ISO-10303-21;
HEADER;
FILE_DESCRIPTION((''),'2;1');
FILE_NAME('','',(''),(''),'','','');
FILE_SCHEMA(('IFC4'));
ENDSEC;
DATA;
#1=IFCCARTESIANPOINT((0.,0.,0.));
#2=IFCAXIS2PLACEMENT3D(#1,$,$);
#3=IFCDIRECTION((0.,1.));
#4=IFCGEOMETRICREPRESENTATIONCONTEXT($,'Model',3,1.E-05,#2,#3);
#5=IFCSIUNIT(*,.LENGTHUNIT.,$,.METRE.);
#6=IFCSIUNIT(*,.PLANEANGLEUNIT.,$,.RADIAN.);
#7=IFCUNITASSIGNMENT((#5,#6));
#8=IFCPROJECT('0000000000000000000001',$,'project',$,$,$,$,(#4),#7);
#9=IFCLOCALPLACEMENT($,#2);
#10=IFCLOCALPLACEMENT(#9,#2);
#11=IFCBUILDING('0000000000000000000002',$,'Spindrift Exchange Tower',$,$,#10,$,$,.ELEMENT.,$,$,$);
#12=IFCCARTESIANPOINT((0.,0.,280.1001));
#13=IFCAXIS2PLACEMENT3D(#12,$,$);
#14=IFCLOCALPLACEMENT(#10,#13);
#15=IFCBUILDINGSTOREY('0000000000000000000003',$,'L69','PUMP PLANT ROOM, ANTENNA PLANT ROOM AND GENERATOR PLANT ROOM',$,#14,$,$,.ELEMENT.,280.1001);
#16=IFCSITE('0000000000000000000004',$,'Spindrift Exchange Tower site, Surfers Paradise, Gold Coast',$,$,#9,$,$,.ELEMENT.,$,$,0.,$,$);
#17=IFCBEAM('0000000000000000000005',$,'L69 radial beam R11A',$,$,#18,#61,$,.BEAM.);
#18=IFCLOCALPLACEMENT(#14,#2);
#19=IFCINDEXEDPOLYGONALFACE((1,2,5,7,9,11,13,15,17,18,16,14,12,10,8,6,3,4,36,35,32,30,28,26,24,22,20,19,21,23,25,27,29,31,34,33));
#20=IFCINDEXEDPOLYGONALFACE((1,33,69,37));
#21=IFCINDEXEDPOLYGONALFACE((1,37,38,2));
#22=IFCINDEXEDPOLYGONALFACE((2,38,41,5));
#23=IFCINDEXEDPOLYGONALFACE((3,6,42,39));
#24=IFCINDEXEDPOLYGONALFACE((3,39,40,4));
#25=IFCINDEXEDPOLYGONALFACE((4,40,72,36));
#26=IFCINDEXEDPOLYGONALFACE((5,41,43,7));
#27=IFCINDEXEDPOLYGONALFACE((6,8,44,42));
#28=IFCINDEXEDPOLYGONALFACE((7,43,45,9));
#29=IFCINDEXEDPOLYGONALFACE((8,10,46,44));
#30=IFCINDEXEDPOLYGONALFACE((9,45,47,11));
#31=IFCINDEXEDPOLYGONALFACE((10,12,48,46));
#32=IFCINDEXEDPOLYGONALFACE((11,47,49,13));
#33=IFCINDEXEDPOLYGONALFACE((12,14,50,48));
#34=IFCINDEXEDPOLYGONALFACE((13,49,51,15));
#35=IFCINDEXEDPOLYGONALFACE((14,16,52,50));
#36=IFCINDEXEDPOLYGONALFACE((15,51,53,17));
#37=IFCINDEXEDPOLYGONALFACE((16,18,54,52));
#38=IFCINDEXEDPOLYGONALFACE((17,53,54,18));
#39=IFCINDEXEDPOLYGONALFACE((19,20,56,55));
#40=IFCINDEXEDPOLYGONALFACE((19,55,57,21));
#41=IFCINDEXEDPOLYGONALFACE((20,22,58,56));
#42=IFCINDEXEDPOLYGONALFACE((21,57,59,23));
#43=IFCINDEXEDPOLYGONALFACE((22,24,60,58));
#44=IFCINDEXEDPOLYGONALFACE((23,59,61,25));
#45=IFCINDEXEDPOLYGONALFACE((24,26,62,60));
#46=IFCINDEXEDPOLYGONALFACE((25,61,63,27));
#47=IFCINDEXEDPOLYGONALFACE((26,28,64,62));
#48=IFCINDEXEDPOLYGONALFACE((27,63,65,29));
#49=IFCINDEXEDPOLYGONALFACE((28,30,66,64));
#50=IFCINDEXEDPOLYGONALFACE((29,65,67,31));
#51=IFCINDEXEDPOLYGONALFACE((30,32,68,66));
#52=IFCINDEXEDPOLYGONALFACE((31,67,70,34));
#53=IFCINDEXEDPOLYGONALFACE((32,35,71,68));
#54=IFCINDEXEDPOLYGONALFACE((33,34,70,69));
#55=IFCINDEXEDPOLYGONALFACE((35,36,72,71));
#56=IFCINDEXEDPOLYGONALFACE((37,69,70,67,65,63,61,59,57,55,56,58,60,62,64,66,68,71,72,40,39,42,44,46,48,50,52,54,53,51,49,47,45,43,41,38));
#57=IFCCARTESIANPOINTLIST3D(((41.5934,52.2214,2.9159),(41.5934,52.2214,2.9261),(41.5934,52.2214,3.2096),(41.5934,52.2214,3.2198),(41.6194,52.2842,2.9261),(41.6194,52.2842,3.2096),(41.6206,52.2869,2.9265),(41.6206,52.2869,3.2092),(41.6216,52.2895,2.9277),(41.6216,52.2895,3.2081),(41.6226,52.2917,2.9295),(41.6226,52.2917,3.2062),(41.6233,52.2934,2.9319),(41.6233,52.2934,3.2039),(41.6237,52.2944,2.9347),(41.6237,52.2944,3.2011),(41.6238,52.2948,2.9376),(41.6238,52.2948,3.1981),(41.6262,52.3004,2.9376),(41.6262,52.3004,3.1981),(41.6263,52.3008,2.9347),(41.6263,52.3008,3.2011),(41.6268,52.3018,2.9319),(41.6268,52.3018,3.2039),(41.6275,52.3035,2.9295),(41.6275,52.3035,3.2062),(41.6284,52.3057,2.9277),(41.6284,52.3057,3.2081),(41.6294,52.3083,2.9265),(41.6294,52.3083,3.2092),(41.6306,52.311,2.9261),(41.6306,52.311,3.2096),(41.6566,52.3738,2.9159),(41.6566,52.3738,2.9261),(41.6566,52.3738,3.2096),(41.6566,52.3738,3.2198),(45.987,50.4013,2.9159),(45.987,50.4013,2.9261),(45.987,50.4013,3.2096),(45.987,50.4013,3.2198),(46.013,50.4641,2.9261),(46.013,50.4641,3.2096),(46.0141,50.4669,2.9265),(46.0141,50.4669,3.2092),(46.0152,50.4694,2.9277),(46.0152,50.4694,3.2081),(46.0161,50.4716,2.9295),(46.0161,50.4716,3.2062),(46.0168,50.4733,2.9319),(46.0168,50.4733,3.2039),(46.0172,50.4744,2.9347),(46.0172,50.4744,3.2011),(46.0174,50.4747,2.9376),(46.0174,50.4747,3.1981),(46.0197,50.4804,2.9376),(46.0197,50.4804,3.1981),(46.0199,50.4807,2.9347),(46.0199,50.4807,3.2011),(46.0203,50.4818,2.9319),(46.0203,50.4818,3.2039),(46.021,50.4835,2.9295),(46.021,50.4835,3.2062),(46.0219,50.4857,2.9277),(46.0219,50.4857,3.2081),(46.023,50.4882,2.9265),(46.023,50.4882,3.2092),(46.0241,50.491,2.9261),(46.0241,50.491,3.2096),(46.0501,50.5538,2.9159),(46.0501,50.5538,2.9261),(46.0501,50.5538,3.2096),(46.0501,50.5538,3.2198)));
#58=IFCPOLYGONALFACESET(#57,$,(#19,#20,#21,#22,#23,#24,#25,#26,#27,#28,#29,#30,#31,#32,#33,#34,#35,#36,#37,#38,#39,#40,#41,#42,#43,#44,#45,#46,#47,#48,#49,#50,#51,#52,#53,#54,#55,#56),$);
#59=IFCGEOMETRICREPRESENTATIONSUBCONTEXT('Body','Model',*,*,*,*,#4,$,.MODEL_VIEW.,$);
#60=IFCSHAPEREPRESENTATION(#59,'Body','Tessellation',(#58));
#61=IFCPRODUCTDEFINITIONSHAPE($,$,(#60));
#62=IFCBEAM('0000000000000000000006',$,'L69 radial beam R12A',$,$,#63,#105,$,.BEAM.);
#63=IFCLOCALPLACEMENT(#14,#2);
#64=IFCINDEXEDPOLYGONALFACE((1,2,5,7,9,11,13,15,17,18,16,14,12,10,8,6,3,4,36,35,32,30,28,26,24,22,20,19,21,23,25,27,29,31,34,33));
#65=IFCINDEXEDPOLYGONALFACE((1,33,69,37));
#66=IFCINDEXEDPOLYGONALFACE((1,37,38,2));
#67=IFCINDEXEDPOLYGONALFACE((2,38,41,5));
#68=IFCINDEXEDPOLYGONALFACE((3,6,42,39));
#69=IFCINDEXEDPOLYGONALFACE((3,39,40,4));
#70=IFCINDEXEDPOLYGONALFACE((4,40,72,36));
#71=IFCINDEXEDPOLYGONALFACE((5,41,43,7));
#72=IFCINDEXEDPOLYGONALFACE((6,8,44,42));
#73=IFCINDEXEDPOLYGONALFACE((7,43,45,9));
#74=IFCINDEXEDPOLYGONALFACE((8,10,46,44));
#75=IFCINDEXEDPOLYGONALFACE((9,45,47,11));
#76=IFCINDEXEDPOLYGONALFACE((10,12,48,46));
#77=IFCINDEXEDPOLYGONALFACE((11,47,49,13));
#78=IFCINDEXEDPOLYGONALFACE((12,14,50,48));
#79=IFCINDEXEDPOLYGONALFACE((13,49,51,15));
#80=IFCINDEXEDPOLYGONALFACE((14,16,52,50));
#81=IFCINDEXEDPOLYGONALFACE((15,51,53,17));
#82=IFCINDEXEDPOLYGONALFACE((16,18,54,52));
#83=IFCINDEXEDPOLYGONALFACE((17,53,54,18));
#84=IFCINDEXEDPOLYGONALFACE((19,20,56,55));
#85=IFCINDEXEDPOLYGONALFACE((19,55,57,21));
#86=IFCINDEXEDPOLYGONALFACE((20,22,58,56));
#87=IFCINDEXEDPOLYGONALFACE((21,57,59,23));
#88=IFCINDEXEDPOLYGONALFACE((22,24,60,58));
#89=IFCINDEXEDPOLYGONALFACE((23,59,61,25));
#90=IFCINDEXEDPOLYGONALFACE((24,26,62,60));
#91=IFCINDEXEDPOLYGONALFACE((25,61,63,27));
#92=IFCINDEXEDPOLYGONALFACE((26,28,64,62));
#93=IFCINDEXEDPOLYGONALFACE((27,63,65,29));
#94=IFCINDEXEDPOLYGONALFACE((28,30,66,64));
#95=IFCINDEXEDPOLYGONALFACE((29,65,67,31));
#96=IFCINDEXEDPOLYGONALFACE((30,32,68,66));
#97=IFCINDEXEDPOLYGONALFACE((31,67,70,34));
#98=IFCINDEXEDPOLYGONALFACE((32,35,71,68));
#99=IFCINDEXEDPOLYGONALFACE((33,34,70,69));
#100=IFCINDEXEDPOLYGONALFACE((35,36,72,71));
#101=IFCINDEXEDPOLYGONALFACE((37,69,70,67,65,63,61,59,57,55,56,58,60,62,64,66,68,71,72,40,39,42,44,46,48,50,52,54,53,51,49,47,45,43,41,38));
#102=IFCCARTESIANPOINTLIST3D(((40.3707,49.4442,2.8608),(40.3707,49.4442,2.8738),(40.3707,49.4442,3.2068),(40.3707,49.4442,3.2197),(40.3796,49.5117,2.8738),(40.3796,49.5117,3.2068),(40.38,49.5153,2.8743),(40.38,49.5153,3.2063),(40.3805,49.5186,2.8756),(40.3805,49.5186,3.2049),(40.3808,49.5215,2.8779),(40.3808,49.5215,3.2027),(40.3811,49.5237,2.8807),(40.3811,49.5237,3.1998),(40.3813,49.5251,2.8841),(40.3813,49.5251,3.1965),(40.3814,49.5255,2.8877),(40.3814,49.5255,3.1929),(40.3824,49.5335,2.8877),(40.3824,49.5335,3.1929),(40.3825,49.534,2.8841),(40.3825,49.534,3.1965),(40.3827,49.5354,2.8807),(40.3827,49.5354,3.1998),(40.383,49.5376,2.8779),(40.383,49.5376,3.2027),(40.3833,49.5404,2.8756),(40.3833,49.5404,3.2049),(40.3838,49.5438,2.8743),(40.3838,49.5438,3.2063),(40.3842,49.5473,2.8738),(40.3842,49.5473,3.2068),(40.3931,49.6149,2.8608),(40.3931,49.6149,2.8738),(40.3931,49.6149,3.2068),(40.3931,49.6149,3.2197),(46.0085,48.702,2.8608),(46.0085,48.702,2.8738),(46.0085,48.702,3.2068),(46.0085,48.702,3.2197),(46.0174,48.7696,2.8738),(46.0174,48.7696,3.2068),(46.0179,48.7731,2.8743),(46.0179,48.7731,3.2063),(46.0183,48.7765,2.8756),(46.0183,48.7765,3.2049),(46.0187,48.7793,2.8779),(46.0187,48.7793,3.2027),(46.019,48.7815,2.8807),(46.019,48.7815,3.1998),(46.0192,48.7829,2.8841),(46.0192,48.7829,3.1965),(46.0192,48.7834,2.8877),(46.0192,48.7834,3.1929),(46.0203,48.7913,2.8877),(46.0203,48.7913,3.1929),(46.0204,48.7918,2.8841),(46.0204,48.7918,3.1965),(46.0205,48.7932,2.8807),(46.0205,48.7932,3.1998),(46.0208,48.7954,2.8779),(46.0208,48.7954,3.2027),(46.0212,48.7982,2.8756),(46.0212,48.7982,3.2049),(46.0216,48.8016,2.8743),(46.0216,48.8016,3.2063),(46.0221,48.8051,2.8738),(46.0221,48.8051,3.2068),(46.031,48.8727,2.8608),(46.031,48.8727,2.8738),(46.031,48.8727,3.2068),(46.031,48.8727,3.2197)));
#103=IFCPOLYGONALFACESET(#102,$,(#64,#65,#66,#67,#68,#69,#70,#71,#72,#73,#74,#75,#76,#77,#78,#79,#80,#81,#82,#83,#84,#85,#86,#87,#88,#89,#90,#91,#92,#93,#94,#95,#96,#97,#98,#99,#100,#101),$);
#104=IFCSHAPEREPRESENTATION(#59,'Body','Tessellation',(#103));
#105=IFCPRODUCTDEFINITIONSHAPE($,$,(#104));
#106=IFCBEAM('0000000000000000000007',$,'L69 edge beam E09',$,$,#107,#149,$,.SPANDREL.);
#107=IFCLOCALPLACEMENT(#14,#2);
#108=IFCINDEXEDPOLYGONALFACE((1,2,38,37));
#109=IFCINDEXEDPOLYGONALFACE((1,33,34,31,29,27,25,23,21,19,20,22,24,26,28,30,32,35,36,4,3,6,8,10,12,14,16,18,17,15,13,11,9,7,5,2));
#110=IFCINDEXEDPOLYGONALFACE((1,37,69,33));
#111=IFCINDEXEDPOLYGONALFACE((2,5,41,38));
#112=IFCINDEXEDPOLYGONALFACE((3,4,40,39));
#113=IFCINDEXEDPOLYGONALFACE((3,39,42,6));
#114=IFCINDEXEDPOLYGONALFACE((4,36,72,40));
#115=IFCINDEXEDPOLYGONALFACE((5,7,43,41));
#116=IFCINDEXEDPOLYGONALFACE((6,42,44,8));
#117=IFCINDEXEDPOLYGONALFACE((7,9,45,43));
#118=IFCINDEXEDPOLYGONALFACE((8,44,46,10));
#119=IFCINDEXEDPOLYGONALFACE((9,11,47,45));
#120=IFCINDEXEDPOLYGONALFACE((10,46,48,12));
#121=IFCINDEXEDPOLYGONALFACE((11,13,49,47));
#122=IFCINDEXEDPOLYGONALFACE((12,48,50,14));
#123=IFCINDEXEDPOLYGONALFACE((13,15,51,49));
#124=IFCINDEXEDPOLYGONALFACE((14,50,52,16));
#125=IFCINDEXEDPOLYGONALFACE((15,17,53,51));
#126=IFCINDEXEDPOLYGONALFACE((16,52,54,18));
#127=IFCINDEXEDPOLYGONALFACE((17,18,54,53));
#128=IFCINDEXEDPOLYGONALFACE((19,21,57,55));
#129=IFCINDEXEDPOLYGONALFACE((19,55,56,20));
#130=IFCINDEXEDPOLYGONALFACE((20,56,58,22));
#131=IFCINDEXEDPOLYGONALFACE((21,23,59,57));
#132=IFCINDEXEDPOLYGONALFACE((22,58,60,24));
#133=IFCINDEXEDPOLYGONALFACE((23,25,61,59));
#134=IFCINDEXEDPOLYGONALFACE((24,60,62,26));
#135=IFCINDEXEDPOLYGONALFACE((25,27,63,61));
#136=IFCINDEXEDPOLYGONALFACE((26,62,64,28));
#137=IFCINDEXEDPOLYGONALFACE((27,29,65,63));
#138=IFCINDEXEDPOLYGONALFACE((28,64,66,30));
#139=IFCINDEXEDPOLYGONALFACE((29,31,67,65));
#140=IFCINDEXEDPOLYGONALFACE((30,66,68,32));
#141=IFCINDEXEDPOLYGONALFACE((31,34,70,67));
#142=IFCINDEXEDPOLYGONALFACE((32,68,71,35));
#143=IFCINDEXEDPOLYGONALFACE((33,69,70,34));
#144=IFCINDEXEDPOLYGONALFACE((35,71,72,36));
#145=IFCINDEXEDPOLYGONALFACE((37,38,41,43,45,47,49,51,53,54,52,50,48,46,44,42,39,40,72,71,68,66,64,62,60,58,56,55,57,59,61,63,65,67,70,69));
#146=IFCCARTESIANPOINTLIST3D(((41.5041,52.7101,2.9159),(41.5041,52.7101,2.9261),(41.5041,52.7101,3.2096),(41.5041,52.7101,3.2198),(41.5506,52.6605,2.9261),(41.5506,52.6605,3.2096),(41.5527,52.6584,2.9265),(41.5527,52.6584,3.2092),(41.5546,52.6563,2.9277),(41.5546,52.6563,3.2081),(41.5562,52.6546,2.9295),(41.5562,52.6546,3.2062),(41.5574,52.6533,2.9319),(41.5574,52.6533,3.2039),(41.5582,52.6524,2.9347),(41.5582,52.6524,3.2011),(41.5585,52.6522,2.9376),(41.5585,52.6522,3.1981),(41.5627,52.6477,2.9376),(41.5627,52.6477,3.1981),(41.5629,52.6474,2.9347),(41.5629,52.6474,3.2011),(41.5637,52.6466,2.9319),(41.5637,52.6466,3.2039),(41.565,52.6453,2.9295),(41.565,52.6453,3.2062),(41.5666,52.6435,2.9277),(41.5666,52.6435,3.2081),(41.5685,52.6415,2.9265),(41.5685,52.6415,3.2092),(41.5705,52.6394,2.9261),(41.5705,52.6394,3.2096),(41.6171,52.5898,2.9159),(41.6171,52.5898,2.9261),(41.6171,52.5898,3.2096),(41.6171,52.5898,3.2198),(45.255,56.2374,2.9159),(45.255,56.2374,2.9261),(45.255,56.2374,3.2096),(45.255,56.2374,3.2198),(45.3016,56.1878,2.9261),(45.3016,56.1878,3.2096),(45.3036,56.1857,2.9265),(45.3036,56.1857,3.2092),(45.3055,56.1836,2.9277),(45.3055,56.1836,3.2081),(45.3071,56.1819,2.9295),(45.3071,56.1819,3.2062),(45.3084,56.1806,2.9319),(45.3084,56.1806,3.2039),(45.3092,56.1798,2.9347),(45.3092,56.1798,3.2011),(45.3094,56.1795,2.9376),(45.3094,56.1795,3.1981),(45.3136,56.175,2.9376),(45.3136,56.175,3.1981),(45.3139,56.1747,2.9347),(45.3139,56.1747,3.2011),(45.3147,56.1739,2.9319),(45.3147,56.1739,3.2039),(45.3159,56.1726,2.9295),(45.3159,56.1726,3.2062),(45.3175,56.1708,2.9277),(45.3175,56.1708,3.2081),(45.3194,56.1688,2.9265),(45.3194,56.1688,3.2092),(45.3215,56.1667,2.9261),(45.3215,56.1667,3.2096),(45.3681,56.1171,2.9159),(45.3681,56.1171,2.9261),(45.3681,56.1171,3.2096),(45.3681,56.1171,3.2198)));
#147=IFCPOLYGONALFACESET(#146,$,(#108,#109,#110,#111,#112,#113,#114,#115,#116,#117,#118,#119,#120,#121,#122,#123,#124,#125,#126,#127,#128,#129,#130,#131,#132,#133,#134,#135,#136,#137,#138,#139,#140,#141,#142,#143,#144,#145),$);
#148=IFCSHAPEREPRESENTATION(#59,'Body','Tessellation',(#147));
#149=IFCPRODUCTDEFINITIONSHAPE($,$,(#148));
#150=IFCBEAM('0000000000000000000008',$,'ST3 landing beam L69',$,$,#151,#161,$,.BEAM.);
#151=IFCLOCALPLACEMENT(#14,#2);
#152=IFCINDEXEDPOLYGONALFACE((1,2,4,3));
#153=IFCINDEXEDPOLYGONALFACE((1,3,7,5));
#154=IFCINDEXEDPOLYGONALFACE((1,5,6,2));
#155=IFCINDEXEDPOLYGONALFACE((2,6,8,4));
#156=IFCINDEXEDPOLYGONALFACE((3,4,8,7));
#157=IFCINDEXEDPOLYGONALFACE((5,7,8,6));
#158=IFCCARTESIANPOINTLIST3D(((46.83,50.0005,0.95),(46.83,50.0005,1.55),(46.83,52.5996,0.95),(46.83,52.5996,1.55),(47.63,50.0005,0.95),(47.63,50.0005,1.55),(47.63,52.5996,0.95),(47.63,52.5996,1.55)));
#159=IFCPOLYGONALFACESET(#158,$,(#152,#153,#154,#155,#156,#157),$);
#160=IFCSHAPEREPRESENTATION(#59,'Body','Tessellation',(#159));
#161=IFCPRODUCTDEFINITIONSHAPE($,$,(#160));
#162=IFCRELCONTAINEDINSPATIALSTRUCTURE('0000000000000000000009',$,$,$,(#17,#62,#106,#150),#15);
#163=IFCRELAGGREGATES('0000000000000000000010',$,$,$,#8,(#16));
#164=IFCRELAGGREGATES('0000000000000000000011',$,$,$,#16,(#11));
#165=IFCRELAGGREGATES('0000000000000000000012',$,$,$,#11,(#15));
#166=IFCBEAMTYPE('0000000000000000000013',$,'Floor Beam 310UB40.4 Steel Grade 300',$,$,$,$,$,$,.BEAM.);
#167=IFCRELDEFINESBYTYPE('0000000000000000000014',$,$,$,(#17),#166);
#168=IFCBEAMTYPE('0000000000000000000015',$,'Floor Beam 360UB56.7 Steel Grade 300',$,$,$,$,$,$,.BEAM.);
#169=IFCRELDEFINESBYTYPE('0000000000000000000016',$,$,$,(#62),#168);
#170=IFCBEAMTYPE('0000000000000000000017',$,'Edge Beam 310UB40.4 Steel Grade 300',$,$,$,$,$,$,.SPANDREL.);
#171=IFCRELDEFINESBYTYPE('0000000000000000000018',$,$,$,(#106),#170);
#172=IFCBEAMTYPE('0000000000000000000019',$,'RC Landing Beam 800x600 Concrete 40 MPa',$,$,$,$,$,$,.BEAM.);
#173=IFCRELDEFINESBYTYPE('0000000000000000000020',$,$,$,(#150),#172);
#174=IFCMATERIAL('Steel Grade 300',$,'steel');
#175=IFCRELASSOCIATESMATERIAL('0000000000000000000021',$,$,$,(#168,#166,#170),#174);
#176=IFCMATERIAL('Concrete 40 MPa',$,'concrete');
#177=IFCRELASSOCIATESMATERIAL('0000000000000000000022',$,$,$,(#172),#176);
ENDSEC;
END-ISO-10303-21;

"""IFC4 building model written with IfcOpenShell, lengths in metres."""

from ifc_helpers import new_model, si_unit, direction, frame, origin, origin_2d, place, context, subcontext, project, spatial, rectangle, i_section, extrude, source, transform, mapped, material, material_profile, profile_set, type_object, element, save


model = new_model("IFC4")

# Units and contexts
model_context = context("Model", 3, precision=1e-05, world=origin(), true_north=direction((0.0, 1.0)))
body_context = subcontext(model_context, "Body", "Model", "MODEL_VIEW")
ifc_project = project(units=[si_unit("LENGTHUNIT", "METRE"), si_unit("PLANEANGLEUNIT", "RADIAN")], contexts=[model_context])

# Site, building, storey
site_placement = place(None, origin())
site = spatial("IfcSite", under=ifc_project, at=site_placement, Name="Spindrift Exchange Tower site, Surfers Paradise, Gold Coast", CompositionType="ELEMENT", RefElevation=0.0)
building_placement = place(site_placement, origin())
building = spatial("IfcBuilding", under=site, at=building_placement, Name="Spindrift Exchange Tower", CompositionType="ELEMENT")
storey_placement = place(building_placement, frame((0.0, 0.0, 280.1001)))
storey = spatial("IfcBuildingStorey", under=building, at=storey_placement, Name="L69", Description="PUMP PLANT ROOM, ANTENNA PLANT ROOM AND GENERATOR PLANT ROOM", CompositionType="ELEMENT", Elevation=280.1001)

# Beams
ifc_material_1 = material(Name="Steel Grade 300", Category="steel")
ifc_material_profile_1 = material_profile(ifc_material_1, i_section(OverallWidth=0.1721, OverallDepth=0.3589, WebThickness=0.0081, FlangeThickness=0.0129, FilletRadius=0.0139, at=origin_2d()), Name="360UB56.7")
ifc_profile_set_1 = profile_set([ifc_material_profile_1], Name="Steel Grade 300")
beam_type_1 = type_object("IfcBeamType", Name="Floor Beam 360UB56.7 Steel Grade 300", PredefinedType="BEAM", material=ifc_profile_set_1)
ifc_material_profile_2 = material_profile(ifc_material_1, i_section(OverallWidth=0.165, OverallDepth=0.304, WebThickness=0.0061, FlangeThickness=0.0103, FilletRadius=0.0115, at=origin_2d()), Name="310UB40.4")
ifc_profile_set_2 = profile_set([ifc_material_profile_2], Name="Steel Grade 300")
beam_type_2 = type_object("IfcBeamType", Name="Floor Beam 310UB40.4 Steel Grade 300", PredefinedType="BEAM", material=ifc_profile_set_2)
shared_shape_1 = source(origin(), body_context, "Body", "SweptSolid", [
    extrude(i_section(OverallWidth=0.165, OverallDepth=0.304, WebThickness=0.0061, FlangeThickness=0.0103, FilletRadius=0.0115, at=origin_2d()), origin(), (0.0, 0.0, 1.0), 4.7556),
])
beam_1_placement = place(storey_placement, frame((46.0186, 50.4775, 3.0679), z_axis=(-0.923865, 0.382719, 0.0), x_axis=(-0.382719, -0.923865, 0.0)))
element("IfcBeam", 1, at=beam_1_placement, inside=storey, type_object=beam_type_2, Name="L69 radial beam R11A", PredefinedType="BEAM", context=body_context, shape_type="MappedRepresentation", body=[
    mapped(shared_shape_1, transform((0.0, 0.0, 0.0), scale=1.0)),
])
shared_shape_2 = source(origin(), body_context, "Body", "SweptSolid", [
    extrude(i_section(OverallWidth=0.1721, OverallDepth=0.3589, WebThickness=0.0081, FlangeThickness=0.0129, FilletRadius=0.0139, at=origin_2d()), origin(), (0.0, 0.0, 1.0), 5.6865),
])
beam_2_placement = place(storey_placement, frame((46.0198, 48.7874, 3.0403), z_axis=(-0.991446, 0.130516, 0.0), x_axis=(-0.130516, -0.991446, 0.0)))
element("IfcBeam", 2, at=beam_2_placement, inside=storey, type_object=beam_type_1, Name="L69 radial beam R12A", PredefinedType="BEAM", context=body_context, shape_type="MappedRepresentation", body=[
    mapped(shared_shape_2, transform((0.0, 0.0, 0.0), scale=1.0)),
])
ifc_material_profile_3 = material_profile(ifc_material_1, i_section(OverallWidth=0.165, OverallDepth=0.304, WebThickness=0.0061, FlangeThickness=0.0103, FilletRadius=0.0115, at=origin_2d()), Name="310UB40.4")
ifc_profile_set_3 = profile_set([ifc_material_profile_3], Name="Steel Grade 300")
beam_type_3 = type_object("IfcBeamType", Name="Edge Beam 310UB40.4 Steel Grade 300", PredefinedType="SPANDREL", material=ifc_profile_set_3)
shared_shape_3 = source(origin(), body_context, "Body", "SweptSolid", [
    extrude(i_section(OverallWidth=0.165, OverallDepth=0.304, WebThickness=0.0061, FlangeThickness=0.0103, FilletRadius=0.0115, at=origin_2d()), origin(), (0.0, 0.0, 1.0), 5.1489),
])
beam_3_placement = place(storey_placement, frame((45.3115, 56.1772, 3.0679), z_axis=(-0.728489, -0.685057, 0.0), x_axis=(0.685057, -0.728489, 0.0)))
element("IfcBeam", 3, at=beam_3_placement, inside=storey, type_object=beam_type_3, Name="L69 edge beam E09", PredefinedType="SPANDREL", context=body_context, shape_type="MappedRepresentation", body=[
    mapped(shared_shape_3, transform((0.0, 0.0, 0.0), scale=1.0)),
])
ifc_material_2 = material(Name="Concrete 40 MPa", Category="concrete")
ifc_material_profile_4 = material_profile(ifc_material_2, rectangle(XDim=0.8, YDim=0.6001, at=origin_2d()), Name="RC 800x600")
ifc_profile_set_4 = profile_set([ifc_material_profile_4], Name="Concrete 40 MPa")
beam_type_4 = type_object("IfcBeamType", Name="RC Landing Beam 800x600 Concrete 40 MPa", PredefinedType="BEAM", material=ifc_profile_set_4)
shared_shape_4 = source(origin(), body_context, "Body", "SweptSolid", [
    extrude(rectangle(XDim=0.8, YDim=0.6001, at=origin_2d()), origin(), (0.0, 0.0, 1.0), 2.5991),
])
beam_4_placement = place(storey_placement, frame((47.23, 50.0005, 1.25), z_axis=(0.0, 1.0, 0.0), x_axis=(-1.0, 0.0, 0.0)))
element("IfcBeam", 4, at=beam_4_placement, inside=storey, type_object=beam_type_4, Name="ST3 landing beam L69", PredefinedType="BEAM", context=body_context, shape_type="MappedRepresentation", body=[
    mapped(shared_shape_4, transform((0.0, 0.0, 0.0), scale=1.0)),
])

save(model, "model.ifc")
